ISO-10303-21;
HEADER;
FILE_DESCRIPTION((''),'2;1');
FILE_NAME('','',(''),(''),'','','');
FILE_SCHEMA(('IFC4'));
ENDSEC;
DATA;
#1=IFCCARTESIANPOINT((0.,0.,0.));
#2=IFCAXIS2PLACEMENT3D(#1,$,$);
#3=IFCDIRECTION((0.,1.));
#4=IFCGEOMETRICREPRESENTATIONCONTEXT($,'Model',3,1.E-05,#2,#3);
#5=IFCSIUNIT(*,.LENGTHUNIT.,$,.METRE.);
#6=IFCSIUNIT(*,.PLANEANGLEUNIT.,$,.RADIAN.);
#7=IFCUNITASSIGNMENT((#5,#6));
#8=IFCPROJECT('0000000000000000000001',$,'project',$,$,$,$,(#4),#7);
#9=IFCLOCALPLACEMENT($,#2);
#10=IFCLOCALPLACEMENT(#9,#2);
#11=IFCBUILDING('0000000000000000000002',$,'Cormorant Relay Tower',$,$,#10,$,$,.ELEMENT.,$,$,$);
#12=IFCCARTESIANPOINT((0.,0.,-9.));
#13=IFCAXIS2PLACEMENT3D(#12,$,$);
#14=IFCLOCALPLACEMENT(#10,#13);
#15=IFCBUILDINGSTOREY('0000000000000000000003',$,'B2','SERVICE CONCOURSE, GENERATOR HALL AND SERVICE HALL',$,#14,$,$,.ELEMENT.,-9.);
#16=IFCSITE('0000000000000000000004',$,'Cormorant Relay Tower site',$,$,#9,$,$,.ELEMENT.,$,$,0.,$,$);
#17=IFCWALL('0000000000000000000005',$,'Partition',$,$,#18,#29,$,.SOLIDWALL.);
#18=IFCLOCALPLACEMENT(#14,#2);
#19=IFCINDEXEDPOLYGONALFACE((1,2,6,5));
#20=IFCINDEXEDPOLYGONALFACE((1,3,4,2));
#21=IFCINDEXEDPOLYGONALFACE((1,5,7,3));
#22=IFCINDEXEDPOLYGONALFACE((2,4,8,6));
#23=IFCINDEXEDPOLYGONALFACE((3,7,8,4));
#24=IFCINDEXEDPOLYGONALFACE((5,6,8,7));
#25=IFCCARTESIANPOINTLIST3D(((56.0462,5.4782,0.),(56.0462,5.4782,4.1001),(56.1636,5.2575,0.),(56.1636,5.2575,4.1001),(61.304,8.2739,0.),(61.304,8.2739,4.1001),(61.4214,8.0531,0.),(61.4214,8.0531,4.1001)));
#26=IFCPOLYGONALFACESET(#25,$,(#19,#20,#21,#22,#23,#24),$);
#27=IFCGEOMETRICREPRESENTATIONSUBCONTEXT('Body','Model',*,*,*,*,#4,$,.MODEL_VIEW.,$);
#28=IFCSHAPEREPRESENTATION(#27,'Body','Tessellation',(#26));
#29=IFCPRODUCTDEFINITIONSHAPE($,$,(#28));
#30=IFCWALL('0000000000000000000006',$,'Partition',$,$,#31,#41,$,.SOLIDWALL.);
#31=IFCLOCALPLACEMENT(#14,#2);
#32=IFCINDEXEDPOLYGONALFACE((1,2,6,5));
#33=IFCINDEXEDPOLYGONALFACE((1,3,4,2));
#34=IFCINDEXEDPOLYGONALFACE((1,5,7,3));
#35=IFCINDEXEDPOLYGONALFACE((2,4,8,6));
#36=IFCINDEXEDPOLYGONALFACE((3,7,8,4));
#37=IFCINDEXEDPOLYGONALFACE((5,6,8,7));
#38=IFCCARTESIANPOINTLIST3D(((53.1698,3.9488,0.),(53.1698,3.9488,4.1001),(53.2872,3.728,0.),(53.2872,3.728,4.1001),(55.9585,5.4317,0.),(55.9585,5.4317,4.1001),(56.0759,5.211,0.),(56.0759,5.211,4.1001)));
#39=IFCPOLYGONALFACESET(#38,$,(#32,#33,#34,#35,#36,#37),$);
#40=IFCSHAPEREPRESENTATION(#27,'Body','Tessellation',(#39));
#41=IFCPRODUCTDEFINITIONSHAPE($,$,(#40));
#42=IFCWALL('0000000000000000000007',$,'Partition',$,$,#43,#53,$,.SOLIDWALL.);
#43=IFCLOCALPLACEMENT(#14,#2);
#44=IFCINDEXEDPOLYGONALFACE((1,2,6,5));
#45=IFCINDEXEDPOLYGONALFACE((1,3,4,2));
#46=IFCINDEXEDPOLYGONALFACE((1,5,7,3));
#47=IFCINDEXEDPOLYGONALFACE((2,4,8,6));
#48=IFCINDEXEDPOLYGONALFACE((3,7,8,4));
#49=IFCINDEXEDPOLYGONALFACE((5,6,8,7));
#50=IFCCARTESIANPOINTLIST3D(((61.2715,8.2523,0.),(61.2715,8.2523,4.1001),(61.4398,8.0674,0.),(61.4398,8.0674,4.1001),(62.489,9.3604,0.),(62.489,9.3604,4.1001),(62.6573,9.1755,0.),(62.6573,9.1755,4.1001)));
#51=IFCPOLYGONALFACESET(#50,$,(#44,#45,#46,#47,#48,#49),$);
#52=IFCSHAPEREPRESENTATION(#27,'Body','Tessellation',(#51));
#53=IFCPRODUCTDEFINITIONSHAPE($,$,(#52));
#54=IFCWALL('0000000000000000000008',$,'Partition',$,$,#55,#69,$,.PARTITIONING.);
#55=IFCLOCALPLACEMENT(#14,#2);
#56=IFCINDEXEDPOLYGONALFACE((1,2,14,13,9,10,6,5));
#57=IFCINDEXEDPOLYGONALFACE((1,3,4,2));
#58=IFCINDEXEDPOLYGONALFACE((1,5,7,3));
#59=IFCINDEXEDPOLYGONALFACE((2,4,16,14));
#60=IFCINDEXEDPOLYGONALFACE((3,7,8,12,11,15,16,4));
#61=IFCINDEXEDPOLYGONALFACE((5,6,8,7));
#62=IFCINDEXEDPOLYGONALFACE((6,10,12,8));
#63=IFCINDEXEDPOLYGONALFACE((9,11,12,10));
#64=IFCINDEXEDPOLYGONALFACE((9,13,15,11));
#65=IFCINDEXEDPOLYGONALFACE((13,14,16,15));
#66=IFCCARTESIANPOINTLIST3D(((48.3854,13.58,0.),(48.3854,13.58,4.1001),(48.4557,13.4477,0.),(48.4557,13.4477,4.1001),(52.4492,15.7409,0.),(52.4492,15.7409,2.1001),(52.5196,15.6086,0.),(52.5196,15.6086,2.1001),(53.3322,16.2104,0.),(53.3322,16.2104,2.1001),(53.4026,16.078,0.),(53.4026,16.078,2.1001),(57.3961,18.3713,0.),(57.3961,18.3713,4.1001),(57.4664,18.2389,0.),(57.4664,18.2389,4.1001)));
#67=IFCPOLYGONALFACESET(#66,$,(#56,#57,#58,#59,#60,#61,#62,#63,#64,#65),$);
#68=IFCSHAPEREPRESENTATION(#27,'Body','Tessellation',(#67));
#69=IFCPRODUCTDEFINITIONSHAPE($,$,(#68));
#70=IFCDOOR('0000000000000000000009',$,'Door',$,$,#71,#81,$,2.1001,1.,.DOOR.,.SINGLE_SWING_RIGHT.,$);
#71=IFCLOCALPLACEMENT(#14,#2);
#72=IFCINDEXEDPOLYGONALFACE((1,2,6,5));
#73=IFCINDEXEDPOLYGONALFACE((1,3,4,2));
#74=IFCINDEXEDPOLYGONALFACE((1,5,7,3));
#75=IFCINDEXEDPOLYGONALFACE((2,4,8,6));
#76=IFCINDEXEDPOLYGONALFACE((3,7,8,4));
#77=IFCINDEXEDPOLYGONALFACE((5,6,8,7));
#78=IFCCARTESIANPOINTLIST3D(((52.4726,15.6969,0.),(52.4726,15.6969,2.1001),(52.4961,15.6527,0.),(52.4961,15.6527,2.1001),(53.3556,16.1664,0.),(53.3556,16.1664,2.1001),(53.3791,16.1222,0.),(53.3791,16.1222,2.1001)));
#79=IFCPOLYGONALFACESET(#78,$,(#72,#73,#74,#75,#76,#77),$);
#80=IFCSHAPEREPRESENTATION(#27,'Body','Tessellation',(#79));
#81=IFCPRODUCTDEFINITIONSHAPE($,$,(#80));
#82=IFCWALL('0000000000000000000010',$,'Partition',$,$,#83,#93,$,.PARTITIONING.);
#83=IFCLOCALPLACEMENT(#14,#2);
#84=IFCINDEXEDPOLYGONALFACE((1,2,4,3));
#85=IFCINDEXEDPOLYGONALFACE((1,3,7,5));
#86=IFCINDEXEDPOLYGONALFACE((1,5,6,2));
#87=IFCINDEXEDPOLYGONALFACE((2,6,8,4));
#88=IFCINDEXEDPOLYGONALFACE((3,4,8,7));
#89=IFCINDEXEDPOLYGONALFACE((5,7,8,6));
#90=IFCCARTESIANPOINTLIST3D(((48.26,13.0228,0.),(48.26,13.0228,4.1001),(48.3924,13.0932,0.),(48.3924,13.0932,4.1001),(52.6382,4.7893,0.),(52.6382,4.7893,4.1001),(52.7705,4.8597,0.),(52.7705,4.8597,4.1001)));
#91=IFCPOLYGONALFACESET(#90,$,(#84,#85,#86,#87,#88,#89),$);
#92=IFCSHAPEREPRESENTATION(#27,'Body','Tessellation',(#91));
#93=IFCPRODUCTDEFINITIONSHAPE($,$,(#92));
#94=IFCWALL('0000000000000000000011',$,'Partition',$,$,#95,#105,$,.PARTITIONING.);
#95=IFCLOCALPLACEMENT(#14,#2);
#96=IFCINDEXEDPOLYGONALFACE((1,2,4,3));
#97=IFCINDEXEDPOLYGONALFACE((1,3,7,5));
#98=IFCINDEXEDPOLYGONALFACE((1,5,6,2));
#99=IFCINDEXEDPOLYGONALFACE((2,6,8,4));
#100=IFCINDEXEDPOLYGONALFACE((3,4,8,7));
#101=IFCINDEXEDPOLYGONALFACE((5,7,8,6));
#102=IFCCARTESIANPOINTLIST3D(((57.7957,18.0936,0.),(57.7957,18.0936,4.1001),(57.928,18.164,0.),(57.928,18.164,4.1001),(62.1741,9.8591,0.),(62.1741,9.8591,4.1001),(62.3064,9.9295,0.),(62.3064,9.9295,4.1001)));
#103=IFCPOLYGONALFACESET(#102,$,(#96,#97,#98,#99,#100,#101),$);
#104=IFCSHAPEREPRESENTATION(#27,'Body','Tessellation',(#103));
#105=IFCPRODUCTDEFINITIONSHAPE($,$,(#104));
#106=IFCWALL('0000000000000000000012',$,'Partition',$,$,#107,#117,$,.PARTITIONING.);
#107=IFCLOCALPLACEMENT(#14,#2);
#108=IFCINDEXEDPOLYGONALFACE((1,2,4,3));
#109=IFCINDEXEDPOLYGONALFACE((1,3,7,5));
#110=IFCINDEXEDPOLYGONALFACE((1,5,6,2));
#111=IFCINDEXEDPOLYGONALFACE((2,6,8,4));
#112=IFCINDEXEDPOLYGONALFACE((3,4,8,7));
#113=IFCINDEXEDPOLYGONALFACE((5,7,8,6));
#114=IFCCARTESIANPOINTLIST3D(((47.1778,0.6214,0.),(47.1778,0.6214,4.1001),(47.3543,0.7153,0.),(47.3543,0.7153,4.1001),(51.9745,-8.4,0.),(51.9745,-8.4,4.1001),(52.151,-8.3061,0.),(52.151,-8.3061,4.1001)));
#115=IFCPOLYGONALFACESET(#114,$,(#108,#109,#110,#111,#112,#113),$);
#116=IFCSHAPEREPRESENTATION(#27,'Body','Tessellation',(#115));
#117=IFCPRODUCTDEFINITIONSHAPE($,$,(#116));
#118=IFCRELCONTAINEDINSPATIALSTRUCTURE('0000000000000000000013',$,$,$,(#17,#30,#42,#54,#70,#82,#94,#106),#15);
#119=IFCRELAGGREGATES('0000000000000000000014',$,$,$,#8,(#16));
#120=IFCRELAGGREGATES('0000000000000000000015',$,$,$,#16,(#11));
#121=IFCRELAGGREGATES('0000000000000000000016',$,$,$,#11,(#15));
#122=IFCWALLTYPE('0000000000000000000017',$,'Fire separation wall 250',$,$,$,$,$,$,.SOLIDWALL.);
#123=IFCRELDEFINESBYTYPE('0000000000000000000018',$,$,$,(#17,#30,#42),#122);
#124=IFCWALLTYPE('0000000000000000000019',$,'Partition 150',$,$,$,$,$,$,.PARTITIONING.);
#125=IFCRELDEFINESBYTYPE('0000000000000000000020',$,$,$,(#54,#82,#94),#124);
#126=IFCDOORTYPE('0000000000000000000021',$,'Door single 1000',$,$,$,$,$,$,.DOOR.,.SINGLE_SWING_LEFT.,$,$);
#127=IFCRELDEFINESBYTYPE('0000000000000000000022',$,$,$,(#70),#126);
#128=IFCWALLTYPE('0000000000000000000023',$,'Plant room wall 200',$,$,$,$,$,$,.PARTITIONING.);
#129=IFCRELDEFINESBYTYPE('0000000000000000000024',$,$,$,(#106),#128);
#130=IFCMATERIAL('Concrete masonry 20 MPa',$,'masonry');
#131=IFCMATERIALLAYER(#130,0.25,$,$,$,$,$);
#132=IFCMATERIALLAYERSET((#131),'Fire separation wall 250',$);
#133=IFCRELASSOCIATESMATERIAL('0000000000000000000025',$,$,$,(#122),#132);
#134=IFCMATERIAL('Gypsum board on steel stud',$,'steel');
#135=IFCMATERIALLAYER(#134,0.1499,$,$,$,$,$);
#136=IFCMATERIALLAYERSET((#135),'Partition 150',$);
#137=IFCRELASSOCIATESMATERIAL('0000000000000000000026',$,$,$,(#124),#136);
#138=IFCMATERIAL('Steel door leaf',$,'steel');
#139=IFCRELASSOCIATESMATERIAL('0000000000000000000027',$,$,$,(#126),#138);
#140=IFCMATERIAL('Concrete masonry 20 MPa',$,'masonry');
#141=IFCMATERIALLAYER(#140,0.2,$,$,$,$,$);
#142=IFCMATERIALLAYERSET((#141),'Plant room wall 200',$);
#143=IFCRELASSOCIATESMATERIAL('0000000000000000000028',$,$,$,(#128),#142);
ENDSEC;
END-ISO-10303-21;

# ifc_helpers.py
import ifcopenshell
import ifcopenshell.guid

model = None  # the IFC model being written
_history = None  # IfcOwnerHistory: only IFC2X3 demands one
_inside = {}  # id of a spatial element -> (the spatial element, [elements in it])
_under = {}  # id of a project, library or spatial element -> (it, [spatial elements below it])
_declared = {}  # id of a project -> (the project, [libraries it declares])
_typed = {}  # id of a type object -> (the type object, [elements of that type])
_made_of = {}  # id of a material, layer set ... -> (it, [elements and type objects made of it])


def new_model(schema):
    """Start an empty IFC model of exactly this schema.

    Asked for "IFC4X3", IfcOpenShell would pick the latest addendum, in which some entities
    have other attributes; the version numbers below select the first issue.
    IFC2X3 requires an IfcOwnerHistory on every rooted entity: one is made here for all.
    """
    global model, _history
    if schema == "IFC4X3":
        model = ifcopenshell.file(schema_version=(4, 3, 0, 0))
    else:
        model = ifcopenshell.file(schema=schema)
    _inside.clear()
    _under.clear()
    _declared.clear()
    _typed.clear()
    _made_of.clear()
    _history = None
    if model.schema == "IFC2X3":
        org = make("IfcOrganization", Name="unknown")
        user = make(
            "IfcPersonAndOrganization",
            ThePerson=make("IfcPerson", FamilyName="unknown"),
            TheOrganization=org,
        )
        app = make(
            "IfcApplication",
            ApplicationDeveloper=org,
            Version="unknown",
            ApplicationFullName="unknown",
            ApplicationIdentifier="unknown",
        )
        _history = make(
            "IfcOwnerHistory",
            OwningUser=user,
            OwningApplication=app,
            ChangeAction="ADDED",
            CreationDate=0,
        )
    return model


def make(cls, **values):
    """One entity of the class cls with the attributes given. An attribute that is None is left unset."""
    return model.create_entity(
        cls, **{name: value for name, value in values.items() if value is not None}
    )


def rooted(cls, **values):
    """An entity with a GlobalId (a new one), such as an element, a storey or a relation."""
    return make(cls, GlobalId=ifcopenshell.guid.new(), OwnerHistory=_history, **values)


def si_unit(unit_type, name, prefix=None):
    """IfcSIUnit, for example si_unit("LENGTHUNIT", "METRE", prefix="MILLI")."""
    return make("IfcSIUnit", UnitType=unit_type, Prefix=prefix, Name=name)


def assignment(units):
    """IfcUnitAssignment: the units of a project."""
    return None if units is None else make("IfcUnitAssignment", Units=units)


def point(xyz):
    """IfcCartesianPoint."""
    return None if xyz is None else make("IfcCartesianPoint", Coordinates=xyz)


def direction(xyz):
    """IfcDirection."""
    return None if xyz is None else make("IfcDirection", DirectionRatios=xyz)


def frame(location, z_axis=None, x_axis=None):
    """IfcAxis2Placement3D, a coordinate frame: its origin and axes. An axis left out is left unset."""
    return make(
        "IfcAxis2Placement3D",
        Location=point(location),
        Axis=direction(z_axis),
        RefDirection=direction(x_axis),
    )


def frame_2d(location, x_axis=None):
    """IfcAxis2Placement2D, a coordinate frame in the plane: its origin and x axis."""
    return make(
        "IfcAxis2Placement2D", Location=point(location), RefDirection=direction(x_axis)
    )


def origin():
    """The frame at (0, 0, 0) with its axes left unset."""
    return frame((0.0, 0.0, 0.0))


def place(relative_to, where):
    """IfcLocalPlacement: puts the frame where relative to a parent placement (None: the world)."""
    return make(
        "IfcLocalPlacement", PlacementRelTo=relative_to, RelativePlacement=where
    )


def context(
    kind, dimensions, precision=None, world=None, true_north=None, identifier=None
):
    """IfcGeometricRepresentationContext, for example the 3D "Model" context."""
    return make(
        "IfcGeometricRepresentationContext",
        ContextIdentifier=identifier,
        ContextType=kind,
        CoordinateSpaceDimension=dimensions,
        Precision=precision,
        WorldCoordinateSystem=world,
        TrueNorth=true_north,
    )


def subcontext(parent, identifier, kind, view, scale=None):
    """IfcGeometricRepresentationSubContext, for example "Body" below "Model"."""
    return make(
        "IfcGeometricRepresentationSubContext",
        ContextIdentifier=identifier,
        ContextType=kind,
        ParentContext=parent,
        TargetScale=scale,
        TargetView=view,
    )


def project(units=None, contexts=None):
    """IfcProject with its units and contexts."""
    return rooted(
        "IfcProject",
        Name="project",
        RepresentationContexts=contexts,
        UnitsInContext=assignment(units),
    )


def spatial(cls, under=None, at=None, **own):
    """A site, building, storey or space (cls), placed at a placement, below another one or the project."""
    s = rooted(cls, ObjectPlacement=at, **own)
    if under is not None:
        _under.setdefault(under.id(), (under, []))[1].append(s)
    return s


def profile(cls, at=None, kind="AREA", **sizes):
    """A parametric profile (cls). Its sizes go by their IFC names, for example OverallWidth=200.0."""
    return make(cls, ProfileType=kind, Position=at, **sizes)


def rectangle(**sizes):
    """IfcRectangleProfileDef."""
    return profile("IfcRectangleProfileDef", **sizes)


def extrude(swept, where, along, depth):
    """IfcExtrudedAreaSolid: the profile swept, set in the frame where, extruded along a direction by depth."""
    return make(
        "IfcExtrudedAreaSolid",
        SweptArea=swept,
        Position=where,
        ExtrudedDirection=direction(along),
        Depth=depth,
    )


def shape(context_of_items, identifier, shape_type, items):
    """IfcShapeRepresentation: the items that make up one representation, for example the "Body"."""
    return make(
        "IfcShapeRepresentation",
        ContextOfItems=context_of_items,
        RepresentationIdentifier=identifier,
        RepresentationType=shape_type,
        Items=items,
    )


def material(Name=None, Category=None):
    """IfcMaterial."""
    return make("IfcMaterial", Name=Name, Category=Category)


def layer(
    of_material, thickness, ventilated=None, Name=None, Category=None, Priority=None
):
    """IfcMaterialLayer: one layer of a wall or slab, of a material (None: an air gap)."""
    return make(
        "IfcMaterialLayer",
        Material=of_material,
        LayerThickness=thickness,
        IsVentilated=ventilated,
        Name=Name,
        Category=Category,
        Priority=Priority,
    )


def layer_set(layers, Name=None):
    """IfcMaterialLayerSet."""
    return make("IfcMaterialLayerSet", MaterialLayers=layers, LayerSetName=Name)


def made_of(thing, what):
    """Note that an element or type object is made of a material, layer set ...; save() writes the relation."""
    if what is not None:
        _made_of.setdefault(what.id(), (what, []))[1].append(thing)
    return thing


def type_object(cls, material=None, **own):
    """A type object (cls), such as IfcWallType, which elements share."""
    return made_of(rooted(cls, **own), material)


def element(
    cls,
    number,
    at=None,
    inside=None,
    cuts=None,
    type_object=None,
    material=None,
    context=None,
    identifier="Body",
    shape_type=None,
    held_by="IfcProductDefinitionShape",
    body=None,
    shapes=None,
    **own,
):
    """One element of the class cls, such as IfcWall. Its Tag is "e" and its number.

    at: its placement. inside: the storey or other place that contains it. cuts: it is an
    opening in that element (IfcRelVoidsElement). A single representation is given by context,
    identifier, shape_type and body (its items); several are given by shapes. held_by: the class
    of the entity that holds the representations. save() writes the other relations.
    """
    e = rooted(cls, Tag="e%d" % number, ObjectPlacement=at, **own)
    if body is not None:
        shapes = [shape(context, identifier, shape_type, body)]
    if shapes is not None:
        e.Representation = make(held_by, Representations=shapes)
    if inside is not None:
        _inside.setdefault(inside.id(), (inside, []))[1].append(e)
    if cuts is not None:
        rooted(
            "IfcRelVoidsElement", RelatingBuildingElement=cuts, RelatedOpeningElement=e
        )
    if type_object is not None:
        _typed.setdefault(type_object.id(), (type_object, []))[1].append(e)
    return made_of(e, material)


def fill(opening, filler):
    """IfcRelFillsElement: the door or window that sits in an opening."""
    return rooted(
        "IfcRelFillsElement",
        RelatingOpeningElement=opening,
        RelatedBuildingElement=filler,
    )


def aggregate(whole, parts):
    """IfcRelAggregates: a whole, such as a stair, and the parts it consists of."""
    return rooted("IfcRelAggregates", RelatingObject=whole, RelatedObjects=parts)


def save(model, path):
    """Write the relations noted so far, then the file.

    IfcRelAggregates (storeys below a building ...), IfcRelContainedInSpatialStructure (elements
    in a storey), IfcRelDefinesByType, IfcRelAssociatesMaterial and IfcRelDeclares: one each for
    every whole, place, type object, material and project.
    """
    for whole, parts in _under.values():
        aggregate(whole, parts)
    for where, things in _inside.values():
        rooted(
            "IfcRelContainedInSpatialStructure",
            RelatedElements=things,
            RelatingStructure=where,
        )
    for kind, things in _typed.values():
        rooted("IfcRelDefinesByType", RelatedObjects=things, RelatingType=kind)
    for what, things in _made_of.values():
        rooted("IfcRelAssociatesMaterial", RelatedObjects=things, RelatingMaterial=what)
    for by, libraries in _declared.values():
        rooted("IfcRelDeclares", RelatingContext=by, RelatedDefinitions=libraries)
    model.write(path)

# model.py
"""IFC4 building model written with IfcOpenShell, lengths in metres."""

from ifc_helpers import new_model, si_unit, direction, frame, frame_2d, origin, place, context, subcontext, project, spatial, rectangle, extrude, material, layer, layer_set, type_object, element, fill, save


model = new_model("IFC4")

# Units and contexts
model_context = context("Model", 3, precision=1e-05, world=origin(), true_north=direction((0.0, 1.0)))
body_context = subcontext(model_context, "Body", "Model", "MODEL_VIEW")
ifc_project = project(units=[si_unit("LENGTHUNIT", "METRE"), si_unit("PLANEANGLEUNIT", "RADIAN")], contexts=[model_context])

# Site, building, storey
site_placement = place(None, origin())
site = spatial("IfcSite", under=ifc_project, at=site_placement, Name="Cormorant Relay Tower site", CompositionType="ELEMENT", RefElevation=0.0)
building_placement = place(site_placement, origin())
building = spatial("IfcBuilding", under=site, at=building_placement, Name="Cormorant Relay Tower", CompositionType="ELEMENT")
storey_placement = place(building_placement, frame((0.0, 0.0, -9.0)))
storey = spatial("IfcBuildingStorey", under=building, at=storey_placement, Name="B2", Description="SERVICE CONCOURSE, GENERATOR HALL AND SERVICE HALL", CompositionType="ELEMENT", Elevation=-9.0)

# Walls
ifc_material_1 = material(Name="Concrete masonry 20 MPa", Category="masonry")
ifc_layer_1 = layer(ifc_material_1, 0.25)
ifc_layer_set_1 = layer_set([ifc_layer_1], Name="Fire separation wall 250")
wall_type_1 = type_object("IfcWallType", Name="Fire separation wall 250", PredefinedType="SOLIDWALL", material=ifc_layer_set_1)
wall_1_placement = place(storey_placement, frame((61.3628, 8.1636, 0.0), z_axis=(0.0, 0.0, 1.0), x_axis=(-0.882946, -0.469475, 0.0)))
element("IfcWall", 1, at=wall_1_placement, inside=storey, type_object=wall_type_1, Name="Partition", PredefinedType="SOLIDWALL", context=body_context, shape_type="SweptSolid", body=[
    extrude(rectangle(XDim=5.9548, YDim=0.25, at=frame_2d((2.9775, 0.0))), origin(), (0.0, 0.0, 1.0), 4.1001),
])
wall_2_placement = place(storey_placement, frame((56.0171, 5.3213, 0.0), z_axis=(0.0, 0.0, 1.0), x_axis=(-0.882921, -0.469521, 0.0)))
element("IfcWall", 2, at=wall_2_placement, inside=storey, type_object=wall_type_1, Name="Partition", PredefinedType="SOLIDWALL", context=body_context, shape_type="SweptSolid", body=[
    extrude(rectangle(XDim=3.1584, YDim=0.25, at=frame_2d((1.5791, 0.0))), origin(), (0.0, 0.0, 1.0), 4.1001),
])
wall_3_placement = place(storey_placement, frame((62.5732, 9.2681, 0.0), z_axis=(0.0, 0.0, 1.0), x_axis=(-0.739544, -0.673108, 0.0)))
element("IfcWall", 3, at=wall_3_placement, inside=storey, type_object=wall_type_1, Name="Partition", PredefinedType="SOLIDWALL", context=body_context, shape_type="SweptSolid", body=[
    extrude(rectangle(XDim=1.6462, YDim=0.25, at=frame_2d((0.8232, 0.0))), origin(), (0.0, 0.0, 1.0), 4.1001),
])

# Wall, opening, door
ifc_material_2 = material(Name="Gypsum board on steel stud", Category="steel")
ifc_layer_2 = layer(ifc_material_2, 0.1499)
ifc_layer_set_2 = layer_set([ifc_layer_2], Name="Partition 150")
wall_type_2 = type_object("IfcWallType", Name="Partition 150", PredefinedType="PARTITIONING", material=ifc_layer_set_2)
wall_4_placement = place(storey_placement, frame((48.4207, 13.5139, 0.0), z_axis=(0.0, 0.0, 1.0), x_axis=(0.882941, 0.469484, 0.0)))
wall_4 = element("IfcWall", 4, at=wall_4_placement, inside=storey, type_object=wall_type_2, Name="Partition", PredefinedType="PARTITIONING", context=body_context, shape_type="SweptSolid", body=[
    extrude(rectangle(XDim=10.2053, YDim=0.1499, at=frame_2d((5.1025, 0.0))), origin(), (0.0, 0.0, 1.0), 4.1001),
])
opening_placement = place(wall_4_placement, frame((4.6025, 0.0, 0.0)))
opening = element("IfcOpeningElement", 5, at=opening_placement, cuts=wall_4, PredefinedType="OPENING", context=body_context, shape_type="SweptSolid", body=[
    extrude(rectangle(XDim=1.0, YDim=2.1001, at=frame_2d((0.5, 1.05))), frame((0.0, 0.085, 0.0), z_axis=(0.0, -1.0, 0.0), x_axis=(1.0, 0.0, 0.0)), (0.0, 0.0, 1.0), 0.1699),
])
ifc_material_3 = material(Name="Steel door leaf", Category="steel")
door_type = type_object("IfcDoorType", Name="Door single 1000", OperationType="SINGLE_SWING_LEFT", PredefinedType="DOOR", material=ifc_material_3)
door_placement = place(opening_placement, frame((1.0, 0.0, 0.0), z_axis=(0.0, 0.0, 1.0), x_axis=(-1.0, 0.0, 0.0)))
door = element("IfcDoor", 6, at=door_placement, inside=storey, type_object=door_type, Name="Door", OperationType="SINGLE_SWING_RIGHT", OverallHeight=2.1001, OverallWidth=1.0, PredefinedType="DOOR", context=body_context, shape_type="SweptSolid", body=[
    extrude(rectangle(XDim=1.0, YDim=2.1001, at=frame_2d((0.5, 1.05))), frame((0.0, 0.0249, 0.0), z_axis=(0.0, -1.0, 0.0), x_axis=(1.0, 0.0, 0.0)), (0.0, 0.0, 1.0), 0.05),
])
fill(opening, door)

# Walls
wall_5_placement = place(storey_placement, frame((52.7043, 4.8245, 0.0), z_axis=(0.0, 0.0, 1.0), x_axis=(-0.469494, 0.882936, 0.0)))
element("IfcWall", 7, at=wall_5_placement, inside=storey, type_object=wall_type_2, Name="Partition", PredefinedType="PARTITIONING", context=body_context, shape_type="SweptSolid", body=[
    extrude(rectangle(XDim=9.3252, YDim=0.1499, at=frame_2d((4.6626, 0.0))), origin(), (0.0, 0.0, 1.0), 4.1001),
])
wall_6_placement = place(storey_placement, frame((62.2402, 9.8943, 0.0), z_axis=(0.0, 0.0, 1.0), x_axis=(-0.469471, 0.882948, 0.0)))
element("IfcWall", 8, at=wall_6_placement, inside=storey, type_object=wall_type_2, Name="Partition", PredefinedType="PARTITIONING", context=body_context, shape_type="SweptSolid", body=[
    extrude(rectangle(XDim=9.3262, YDim=0.1499, at=frame_2d((4.6631, 0.0))), origin(), (0.0, 0.0, 1.0), 4.1001),
])
ifc_material_4 = material(Name="Concrete masonry 20 MPa", Category="masonry")
ifc_layer_3 = layer(ifc_material_4, 0.2)
ifc_layer_set_3 = layer_set([ifc_layer_3], Name="Plant room wall 200")
wall_type_3 = type_object("IfcWallType", Name="Plant room wall 200", PredefinedType="PARTITIONING", material=ifc_layer_set_3)
wall_7_placement = place(storey_placement, frame((52.0627, -8.353, 0.0), z_axis=(0.0, 0.0, 1.0), x_axis=(-0.469468, 0.88295, 0.0)))
element("IfcWall", 9, at=wall_7_placement, inside=storey, type_object=wall_type_3, Name="Partition", PredefinedType="PARTITIONING", context=body_context, shape_type="SweptSolid", body=[
    extrude(rectangle(XDim=10.2173, YDim=0.2, at=frame_2d((5.1086, 0.0))), origin(), (0.0, 0.0, 1.0), 4.1001),
])

save(model, "model.ifc")
